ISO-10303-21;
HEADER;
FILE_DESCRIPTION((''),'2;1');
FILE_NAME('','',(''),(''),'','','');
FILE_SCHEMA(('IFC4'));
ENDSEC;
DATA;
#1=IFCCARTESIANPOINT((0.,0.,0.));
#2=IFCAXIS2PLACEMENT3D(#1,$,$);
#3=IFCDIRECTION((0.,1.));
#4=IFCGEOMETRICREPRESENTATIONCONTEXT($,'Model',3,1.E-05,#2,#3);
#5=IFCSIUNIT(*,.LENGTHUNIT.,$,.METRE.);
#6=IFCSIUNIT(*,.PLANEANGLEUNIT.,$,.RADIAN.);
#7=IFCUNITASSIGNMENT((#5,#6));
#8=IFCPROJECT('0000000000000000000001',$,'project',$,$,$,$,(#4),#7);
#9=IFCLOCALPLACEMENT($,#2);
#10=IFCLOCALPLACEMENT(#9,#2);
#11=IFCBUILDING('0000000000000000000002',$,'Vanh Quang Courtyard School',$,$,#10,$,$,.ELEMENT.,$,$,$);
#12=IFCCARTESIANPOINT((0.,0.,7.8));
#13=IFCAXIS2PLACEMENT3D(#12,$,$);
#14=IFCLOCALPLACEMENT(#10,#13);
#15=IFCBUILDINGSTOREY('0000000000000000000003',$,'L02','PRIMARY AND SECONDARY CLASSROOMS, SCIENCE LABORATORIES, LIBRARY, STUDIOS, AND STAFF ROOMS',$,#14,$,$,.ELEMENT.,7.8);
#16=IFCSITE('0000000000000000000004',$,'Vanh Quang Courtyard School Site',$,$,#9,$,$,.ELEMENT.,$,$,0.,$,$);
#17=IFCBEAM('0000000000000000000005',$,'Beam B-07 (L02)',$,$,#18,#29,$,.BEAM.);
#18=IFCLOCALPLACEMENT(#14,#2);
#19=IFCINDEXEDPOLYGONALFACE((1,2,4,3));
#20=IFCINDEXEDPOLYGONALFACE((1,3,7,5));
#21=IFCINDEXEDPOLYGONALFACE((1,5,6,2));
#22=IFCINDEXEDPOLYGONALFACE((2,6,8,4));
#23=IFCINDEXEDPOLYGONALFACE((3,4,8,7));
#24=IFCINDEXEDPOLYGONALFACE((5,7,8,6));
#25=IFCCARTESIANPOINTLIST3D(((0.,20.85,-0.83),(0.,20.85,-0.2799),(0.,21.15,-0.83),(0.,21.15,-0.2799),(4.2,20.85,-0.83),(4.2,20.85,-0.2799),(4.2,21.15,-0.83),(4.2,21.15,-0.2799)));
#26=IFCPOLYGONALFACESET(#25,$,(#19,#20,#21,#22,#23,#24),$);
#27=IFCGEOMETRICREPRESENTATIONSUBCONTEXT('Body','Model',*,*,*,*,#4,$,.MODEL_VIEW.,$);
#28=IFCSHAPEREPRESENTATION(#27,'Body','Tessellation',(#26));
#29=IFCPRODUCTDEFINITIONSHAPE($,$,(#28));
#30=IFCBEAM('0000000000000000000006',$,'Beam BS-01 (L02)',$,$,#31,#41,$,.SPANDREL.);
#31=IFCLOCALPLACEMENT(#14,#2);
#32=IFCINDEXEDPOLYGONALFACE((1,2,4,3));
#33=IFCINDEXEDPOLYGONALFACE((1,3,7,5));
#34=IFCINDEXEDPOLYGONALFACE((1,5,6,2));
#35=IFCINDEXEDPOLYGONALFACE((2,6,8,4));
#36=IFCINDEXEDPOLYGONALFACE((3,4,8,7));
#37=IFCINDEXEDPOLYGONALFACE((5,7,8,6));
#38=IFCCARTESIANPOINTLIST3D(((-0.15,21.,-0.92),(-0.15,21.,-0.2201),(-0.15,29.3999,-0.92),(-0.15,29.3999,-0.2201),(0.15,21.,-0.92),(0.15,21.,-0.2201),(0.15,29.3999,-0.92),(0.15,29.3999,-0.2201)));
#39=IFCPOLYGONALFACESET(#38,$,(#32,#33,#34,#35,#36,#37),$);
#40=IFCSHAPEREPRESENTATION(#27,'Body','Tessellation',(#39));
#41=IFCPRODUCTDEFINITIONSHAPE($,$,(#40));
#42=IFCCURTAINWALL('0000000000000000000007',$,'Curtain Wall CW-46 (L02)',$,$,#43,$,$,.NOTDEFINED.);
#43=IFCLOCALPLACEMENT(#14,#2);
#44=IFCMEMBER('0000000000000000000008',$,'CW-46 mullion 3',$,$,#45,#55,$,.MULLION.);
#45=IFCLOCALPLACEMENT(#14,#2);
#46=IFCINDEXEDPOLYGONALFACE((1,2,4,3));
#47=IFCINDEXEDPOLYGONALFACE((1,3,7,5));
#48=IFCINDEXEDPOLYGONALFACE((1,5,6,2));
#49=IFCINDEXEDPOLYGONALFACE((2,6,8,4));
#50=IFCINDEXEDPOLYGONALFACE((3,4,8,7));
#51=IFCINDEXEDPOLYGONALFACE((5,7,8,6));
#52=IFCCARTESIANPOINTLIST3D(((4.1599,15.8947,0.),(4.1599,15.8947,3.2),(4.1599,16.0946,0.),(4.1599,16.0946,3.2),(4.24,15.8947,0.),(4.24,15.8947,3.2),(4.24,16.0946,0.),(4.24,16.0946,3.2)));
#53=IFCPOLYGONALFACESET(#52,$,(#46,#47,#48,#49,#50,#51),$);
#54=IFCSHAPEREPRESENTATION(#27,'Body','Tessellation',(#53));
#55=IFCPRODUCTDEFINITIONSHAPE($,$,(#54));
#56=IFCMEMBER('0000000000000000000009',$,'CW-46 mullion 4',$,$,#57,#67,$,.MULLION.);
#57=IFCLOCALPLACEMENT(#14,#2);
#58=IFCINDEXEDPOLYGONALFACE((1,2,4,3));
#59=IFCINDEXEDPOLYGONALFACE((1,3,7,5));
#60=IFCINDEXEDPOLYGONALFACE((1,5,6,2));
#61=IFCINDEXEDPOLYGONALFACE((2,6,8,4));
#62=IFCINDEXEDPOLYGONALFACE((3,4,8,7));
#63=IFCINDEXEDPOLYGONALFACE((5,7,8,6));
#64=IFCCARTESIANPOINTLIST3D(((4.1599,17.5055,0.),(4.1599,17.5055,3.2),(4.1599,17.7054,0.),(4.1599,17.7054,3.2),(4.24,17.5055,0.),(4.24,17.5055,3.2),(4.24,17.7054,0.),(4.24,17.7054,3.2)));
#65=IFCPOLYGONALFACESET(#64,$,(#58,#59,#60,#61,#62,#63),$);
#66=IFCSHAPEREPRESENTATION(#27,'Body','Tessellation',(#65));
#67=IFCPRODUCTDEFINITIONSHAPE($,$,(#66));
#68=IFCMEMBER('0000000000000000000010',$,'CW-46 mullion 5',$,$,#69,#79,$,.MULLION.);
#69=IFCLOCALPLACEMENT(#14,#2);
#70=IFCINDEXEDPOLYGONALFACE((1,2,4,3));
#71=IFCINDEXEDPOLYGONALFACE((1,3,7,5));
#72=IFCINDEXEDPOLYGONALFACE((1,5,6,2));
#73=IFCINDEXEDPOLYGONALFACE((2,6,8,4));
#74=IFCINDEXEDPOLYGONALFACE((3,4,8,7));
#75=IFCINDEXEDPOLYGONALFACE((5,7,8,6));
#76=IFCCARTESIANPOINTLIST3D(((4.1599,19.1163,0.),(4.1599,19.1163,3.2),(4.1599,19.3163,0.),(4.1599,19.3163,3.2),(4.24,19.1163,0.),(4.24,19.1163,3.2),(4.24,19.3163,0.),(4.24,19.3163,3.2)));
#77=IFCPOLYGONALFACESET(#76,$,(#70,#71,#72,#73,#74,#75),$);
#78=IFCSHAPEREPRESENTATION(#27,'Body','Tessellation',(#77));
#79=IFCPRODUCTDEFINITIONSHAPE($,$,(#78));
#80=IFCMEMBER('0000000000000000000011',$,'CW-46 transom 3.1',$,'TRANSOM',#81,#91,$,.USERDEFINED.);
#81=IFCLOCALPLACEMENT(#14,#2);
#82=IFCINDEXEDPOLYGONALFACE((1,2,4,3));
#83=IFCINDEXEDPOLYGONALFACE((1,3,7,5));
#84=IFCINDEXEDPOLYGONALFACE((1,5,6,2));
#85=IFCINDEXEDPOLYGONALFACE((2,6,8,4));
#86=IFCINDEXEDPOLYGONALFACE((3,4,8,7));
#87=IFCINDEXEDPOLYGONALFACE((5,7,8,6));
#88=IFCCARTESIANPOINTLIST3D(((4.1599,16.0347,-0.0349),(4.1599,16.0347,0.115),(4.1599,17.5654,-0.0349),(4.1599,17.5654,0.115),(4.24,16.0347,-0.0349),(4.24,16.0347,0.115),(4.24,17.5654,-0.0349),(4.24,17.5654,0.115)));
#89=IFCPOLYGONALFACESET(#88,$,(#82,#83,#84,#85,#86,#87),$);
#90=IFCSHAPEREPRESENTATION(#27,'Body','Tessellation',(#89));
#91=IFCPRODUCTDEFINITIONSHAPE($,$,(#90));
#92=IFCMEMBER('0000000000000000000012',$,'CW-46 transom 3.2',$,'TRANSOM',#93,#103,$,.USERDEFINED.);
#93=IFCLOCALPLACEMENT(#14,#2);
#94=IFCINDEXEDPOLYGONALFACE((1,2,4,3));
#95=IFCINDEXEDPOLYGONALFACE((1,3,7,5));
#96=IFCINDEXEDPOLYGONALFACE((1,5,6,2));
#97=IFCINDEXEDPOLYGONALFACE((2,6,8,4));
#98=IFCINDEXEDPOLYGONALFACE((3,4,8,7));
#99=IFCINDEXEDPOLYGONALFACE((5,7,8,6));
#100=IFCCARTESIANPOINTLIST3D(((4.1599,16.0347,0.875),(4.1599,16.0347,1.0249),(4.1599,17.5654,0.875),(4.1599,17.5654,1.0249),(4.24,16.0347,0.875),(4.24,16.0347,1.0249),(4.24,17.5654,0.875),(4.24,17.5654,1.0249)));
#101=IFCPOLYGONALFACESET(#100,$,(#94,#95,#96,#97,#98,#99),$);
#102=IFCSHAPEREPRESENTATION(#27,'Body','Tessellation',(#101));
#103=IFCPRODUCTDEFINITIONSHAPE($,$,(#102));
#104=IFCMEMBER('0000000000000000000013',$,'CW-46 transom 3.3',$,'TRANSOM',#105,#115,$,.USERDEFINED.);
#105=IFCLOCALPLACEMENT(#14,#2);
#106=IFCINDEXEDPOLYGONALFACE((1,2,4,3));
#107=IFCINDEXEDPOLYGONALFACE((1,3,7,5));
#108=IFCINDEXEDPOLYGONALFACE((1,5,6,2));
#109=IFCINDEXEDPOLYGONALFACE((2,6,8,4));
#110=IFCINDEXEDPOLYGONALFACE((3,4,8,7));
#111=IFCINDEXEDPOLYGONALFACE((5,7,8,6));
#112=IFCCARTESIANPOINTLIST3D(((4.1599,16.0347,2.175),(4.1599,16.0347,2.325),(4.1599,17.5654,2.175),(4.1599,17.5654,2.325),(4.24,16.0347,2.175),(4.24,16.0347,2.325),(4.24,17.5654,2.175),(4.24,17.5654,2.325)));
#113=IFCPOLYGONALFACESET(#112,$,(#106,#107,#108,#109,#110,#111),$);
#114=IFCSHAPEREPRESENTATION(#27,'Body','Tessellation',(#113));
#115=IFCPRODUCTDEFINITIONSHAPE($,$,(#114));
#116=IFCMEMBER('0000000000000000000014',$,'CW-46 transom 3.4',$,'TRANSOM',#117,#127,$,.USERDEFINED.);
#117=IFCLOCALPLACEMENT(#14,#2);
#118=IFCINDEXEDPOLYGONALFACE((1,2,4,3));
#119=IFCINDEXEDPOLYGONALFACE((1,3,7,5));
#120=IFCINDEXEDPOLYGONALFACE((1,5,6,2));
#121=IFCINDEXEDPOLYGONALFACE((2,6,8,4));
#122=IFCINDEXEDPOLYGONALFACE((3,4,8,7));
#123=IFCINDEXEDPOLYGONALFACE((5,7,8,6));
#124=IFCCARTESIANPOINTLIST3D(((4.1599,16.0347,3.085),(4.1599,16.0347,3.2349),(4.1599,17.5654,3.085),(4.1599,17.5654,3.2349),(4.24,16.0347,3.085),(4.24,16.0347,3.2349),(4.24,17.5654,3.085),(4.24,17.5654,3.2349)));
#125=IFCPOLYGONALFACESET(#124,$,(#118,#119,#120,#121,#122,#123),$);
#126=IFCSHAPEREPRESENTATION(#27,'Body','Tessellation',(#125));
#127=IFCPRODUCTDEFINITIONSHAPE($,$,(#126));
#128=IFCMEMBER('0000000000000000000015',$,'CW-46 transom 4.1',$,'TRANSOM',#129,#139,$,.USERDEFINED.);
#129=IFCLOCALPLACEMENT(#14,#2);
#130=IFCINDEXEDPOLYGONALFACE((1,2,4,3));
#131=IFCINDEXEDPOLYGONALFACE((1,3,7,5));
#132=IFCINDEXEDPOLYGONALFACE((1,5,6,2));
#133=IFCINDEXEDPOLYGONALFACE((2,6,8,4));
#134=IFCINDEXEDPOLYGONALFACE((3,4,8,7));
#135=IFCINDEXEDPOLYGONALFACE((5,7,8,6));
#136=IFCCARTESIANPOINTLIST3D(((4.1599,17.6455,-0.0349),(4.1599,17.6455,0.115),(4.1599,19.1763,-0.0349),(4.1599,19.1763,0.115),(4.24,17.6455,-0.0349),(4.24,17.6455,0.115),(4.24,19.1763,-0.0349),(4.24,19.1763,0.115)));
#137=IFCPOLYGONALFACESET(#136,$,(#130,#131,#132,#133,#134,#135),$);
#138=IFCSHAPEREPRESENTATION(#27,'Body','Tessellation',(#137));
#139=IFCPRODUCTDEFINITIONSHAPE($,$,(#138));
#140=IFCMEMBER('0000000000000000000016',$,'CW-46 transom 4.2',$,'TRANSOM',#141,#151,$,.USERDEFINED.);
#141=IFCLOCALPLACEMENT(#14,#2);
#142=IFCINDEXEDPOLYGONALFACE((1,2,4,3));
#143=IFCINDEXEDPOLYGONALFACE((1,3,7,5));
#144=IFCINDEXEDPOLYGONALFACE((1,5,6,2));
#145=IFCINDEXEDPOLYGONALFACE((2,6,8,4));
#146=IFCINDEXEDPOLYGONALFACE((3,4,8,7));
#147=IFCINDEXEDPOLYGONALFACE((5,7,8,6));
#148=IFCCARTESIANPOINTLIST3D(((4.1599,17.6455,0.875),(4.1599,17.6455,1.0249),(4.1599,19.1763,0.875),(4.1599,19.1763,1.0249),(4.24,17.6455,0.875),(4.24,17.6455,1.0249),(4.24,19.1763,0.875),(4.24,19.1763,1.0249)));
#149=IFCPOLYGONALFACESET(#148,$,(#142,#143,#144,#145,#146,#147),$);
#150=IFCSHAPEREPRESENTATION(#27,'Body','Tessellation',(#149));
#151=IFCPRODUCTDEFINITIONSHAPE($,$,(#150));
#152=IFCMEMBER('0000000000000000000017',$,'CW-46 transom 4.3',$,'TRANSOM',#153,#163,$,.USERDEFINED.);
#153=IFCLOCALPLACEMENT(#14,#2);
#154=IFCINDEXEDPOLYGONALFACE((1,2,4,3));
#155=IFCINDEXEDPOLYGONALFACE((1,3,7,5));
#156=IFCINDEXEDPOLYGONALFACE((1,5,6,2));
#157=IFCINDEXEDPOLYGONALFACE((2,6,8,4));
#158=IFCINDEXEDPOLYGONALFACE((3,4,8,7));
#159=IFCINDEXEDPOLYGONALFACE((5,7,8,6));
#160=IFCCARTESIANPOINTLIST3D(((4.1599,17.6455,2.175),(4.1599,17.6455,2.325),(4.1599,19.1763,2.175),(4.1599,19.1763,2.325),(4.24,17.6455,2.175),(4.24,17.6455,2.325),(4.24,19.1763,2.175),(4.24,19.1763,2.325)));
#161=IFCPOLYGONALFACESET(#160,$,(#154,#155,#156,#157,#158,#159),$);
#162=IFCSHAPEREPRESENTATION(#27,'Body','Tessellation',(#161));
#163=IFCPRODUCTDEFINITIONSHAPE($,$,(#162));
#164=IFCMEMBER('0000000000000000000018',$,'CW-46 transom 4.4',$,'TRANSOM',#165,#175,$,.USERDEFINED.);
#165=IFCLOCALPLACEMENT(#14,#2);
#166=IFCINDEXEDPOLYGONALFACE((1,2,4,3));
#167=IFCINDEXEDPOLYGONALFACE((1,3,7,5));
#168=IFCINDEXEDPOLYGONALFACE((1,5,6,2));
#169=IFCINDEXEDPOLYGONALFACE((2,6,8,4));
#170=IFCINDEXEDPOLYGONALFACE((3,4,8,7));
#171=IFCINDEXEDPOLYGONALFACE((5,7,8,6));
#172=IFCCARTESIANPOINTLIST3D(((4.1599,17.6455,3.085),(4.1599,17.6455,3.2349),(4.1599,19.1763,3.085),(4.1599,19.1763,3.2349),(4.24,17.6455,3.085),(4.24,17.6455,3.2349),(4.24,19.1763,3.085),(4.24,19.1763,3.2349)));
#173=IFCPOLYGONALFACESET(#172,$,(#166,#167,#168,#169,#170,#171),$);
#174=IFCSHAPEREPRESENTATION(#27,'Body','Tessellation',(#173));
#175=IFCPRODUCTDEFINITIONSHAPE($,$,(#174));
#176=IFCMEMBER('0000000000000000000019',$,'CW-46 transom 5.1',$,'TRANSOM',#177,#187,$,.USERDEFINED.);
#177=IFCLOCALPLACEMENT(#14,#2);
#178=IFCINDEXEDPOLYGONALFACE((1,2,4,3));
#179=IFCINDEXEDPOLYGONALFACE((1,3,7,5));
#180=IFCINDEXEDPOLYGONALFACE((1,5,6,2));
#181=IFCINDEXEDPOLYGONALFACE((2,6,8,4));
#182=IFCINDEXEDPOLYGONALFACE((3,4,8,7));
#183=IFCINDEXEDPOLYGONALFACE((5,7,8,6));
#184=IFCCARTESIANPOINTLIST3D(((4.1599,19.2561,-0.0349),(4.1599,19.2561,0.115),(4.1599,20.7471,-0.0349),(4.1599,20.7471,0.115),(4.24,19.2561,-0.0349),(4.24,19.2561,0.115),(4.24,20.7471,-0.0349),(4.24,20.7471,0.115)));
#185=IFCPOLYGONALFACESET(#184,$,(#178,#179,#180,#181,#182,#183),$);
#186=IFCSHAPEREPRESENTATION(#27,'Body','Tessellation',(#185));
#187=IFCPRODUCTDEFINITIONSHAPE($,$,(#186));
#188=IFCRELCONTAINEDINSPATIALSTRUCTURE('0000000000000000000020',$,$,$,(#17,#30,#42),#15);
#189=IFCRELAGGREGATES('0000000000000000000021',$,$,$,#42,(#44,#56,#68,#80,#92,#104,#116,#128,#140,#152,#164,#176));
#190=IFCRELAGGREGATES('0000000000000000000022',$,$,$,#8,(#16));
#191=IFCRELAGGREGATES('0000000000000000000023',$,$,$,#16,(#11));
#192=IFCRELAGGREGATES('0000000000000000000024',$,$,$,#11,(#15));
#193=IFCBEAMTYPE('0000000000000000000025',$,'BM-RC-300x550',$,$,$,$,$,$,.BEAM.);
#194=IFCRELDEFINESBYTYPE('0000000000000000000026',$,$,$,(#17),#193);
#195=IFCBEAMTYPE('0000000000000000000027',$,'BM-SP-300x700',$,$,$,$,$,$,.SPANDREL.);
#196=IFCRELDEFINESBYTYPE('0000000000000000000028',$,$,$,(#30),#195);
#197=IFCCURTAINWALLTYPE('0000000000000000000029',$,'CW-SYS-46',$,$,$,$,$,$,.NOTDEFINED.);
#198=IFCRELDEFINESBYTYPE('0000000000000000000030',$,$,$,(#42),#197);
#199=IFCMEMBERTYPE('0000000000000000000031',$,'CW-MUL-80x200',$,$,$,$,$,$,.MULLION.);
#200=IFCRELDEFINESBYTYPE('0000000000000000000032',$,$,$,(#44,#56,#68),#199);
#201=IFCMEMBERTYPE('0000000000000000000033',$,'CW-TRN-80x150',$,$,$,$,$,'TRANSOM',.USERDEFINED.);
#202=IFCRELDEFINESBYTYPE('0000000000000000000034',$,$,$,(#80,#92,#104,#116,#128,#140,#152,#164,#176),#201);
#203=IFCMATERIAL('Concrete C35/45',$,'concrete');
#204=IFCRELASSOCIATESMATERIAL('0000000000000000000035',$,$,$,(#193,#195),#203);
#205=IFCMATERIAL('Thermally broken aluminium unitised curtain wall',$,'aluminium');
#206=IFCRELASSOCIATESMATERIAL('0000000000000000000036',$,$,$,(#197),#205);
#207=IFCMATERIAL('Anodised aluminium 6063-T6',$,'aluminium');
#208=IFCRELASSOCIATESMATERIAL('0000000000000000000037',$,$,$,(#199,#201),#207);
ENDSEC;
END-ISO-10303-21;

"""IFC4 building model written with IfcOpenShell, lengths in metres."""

from ifc_helpers import new_model, si_unit, direction, frame, origin, origin_2d, place, context, subcontext, project, spatial, rectangle, extrude, material, material_profile, profile_set, type_object, element, aggregate, save


model = new_model("IFC4")

# Units and contexts
model_context = context("Model", 3, precision=1e-05, world=origin(), true_north=direction((0.0, 1.0)))
body_context = subcontext(model_context, "Body", "Model", "MODEL_VIEW")
ifc_project = project(units=[si_unit("LENGTHUNIT", "METRE"), si_unit("PLANEANGLEUNIT", "RADIAN")], contexts=[model_context])

# Site, building, storey
site_placement = place(None, origin())
site = spatial("IfcSite", under=ifc_project, at=site_placement, Name="Vanh Quang Courtyard School Site", CompositionType="ELEMENT", RefElevation=0.0)
building_placement = place(site_placement, origin())
building = spatial("IfcBuilding", under=site, at=building_placement, Name="Vanh Quang Courtyard School", CompositionType="ELEMENT")
storey_placement = place(building_placement, frame((0.0, 0.0, 7.8)))
storey = spatial("IfcBuildingStorey", under=building, at=storey_placement, Name="L02", Description="PRIMARY AND SECONDARY CLASSROOMS, SCIENCE LABORATORIES, LIBRARY, STUDIOS, AND STAFF ROOMS", CompositionType="ELEMENT", Elevation=7.8)

# Beams
ifc_material_1 = material(Name="Concrete C35/45", Category="concrete")
ifc_material_profile_1 = material_profile(ifc_material_1, rectangle(XDim=0.3, YDim=0.55, at=origin_2d()), Name="RC-BM 300x550")
ifc_profile_set_1 = profile_set([ifc_material_profile_1], Name="Concrete C35/45")
beam_type_1 = type_object("IfcBeamType", Name="BM-RC-300x550", PredefinedType="BEAM", material=ifc_profile_set_1)
beam_1_placement = place(storey_placement, frame((0.0, 21.0, -0.5549), z_axis=(1.0, 0.0, 0.0), x_axis=(0.0, 1.0, 0.0)))
element("IfcBeam", 1, at=beam_1_placement, inside=storey, type_object=beam_type_1, Name="Beam B-07 (L02)", PredefinedType="BEAM", context=body_context, shape_type="SweptSolid", body=[
    extrude(rectangle(XDim=0.3, YDim=0.55, at=origin_2d()), origin(), (0.0, 0.0, 1.0), 4.2),
])
ifc_material_profile_2 = material_profile(ifc_material_1, rectangle(XDim=0.3, YDim=0.7, at=origin_2d()), Name="RC-SP 300x700")
ifc_profile_set_2 = profile_set([ifc_material_profile_2], Name="Concrete C35/45")
beam_type_2 = type_object("IfcBeamType", Name="BM-SP-300x700", PredefinedType="SPANDREL", material=ifc_profile_set_2)
beam_2_placement = place(storey_placement, frame((0.0, 21.0, -0.5701), z_axis=(0.0, 1.0, 0.0), x_axis=(-1.0, 0.0, 0.0)))
element("IfcBeam", 2, at=beam_2_placement, inside=storey, type_object=beam_type_2, Name="Beam BS-01 (L02)", PredefinedType="SPANDREL", context=body_context, shape_type="SweptSolid", body=[
    extrude(rectangle(XDim=0.3, YDim=0.7, at=origin_2d()), origin(), (0.0, 0.0, 1.0), 8.3999),
])

# Curtain wall, members
ifc_material_2 = material(Name="Thermally broken aluminium unitised curtain wall", Category="aluminium")
curtain_wall_type = type_object("IfcCurtainWallType", Name="CW-SYS-46", PredefinedType="NOTDEFINED", material=ifc_material_2)
curtain_wall_placement = place(storey_placement, origin())
curtain_wall = element("IfcCurtainWall", 3, at=curtain_wall_placement, inside=storey, type_object=curtain_wall_type, Name="Curtain Wall CW-46 (L02)", PredefinedType="NOTDEFINED")
ifc_material_3 = material(Name="Anodised aluminium 6063-T6", Category="aluminium")
ifc_material_profile_3 = material_profile(ifc_material_3, rectangle(XDim=0.0801, YDim=0.2, at=origin_2d()), Name="ALU-MUL 80x200")
ifc_profile_set_3 = profile_set([ifc_material_profile_3], Name="Anodised aluminium 6063-T6")
member_type_1 = type_object("IfcMemberType", Name="CW-MUL-80x200", PredefinedType="MULLION", material=ifc_profile_set_3)
member_1_placement = place(storey_placement, frame((4.2, 15.9946, 0.0), z_axis=(0.0, 0.0, 1.0), x_axis=(-1.0, 0.0, 0.0)))
member_1 = element("IfcMember", 4, at=member_1_placement, type_object=member_type_1, Name="CW-46 mullion 3", PredefinedType="MULLION", context=body_context, shape_type="SweptSolid", body=[
    extrude(rectangle(XDim=0.0801, YDim=0.2, at=origin_2d()), origin(), (0.0, 0.0, 1.0), 3.2),
])
member_2_placement = place(storey_placement, frame((4.2, 17.6055, 0.0), z_axis=(0.0, 0.0, 1.0), x_axis=(-1.0, 0.0, 0.0)))
member_2 = element("IfcMember", 5, at=member_2_placement, type_object=member_type_1, Name="CW-46 mullion 4", PredefinedType="MULLION", context=body_context, shape_type="SweptSolid", body=[
    extrude(rectangle(XDim=0.0801, YDim=0.2, at=origin_2d()), origin(), (0.0, 0.0, 1.0), 3.2),
])
member_3_placement = place(storey_placement, frame((4.2, 19.2163, 0.0), z_axis=(0.0, 0.0, 1.0), x_axis=(-1.0, 0.0, 0.0)))
member_3 = element("IfcMember", 6, at=member_3_placement, type_object=member_type_1, Name="CW-46 mullion 5", PredefinedType="MULLION", context=body_context, shape_type="SweptSolid", body=[
    extrude(rectangle(XDim=0.0801, YDim=0.2, at=origin_2d()), origin(), (0.0, 0.0, 1.0), 3.2),
])
ifc_material_profile_4 = material_profile(ifc_material_3, rectangle(XDim=0.0801, YDim=0.1499, at=origin_2d()), Name="ALU-TRN 80x150")
ifc_profile_set_4 = profile_set([ifc_material_profile_4], Name="Anodised aluminium 6063-T6")
member_type_2 = type_object("IfcMemberType", Name="CW-TRN-80x150", ElementType="TRANSOM", PredefinedType="USERDEFINED", material=ifc_profile_set_4)
member_4_placement = place(storey_placement, frame((4.2, 16.0347, 0.04), z_axis=(0.0, 1.0, 0.0), x_axis=(-1.0, 0.0, 0.0)))
member_4 = element("IfcMember", 7, at=member_4_placement, type_object=member_type_2, Name="CW-46 transom 3.1", ObjectType="TRANSOM", PredefinedType="USERDEFINED", context=body_context, shape_type="SweptSolid", body=[
    extrude(rectangle(XDim=0.0801, YDim=0.1499, at=origin_2d()), origin(), (0.0, 0.0, 1.0), 1.5308),
])
member_5_placement = place(storey_placement, frame((4.2, 16.0347, 0.95), z_axis=(0.0, 1.0, 0.0), x_axis=(-1.0, 0.0, 0.0)))
member_5 = element("IfcMember", 8, at=member_5_placement, type_object=member_type_2, Name="CW-46 transom 3.2", ObjectType="TRANSOM", PredefinedType="USERDEFINED", context=body_context, shape_type="SweptSolid", body=[
    extrude(rectangle(XDim=0.0801, YDim=0.1499, at=origin_2d()), origin(), (0.0, 0.0, 1.0), 1.5308),
])
member_6_placement = place(storey_placement, frame((4.2, 16.0347, 2.25), z_axis=(0.0, 1.0, 0.0), x_axis=(-1.0, 0.0, 0.0)))
member_6 = element("IfcMember", 9, at=member_6_placement, type_object=member_type_2, Name="CW-46 transom 3.3", ObjectType="TRANSOM", PredefinedType="USERDEFINED", context=body_context, shape_type="SweptSolid", body=[
    extrude(rectangle(XDim=0.0801, YDim=0.1499, at=origin_2d()), origin(), (0.0, 0.0, 1.0), 1.5308),
])
member_7_placement = place(storey_placement, frame((4.2, 16.0347, 3.1599), z_axis=(0.0, 1.0, 0.0), x_axis=(-1.0, 0.0, 0.0)))
member_7 = element("IfcMember", 10, at=member_7_placement, type_object=member_type_2, Name="CW-46 transom 3.4", ObjectType="TRANSOM", PredefinedType="USERDEFINED", context=body_context, shape_type="SweptSolid", body=[
    extrude(rectangle(XDim=0.0801, YDim=0.1499, at=origin_2d()), origin(), (0.0, 0.0, 1.0), 1.5308),
])
member_8_placement = place(storey_placement, frame((4.2, 17.6455, 0.04), z_axis=(0.0, 1.0, 0.0), x_axis=(-1.0, 0.0, 0.0)))
member_8 = element("IfcMember", 11, at=member_8_placement, type_object=member_type_2, Name="CW-46 transom 4.1", ObjectType="TRANSOM", PredefinedType="USERDEFINED", context=body_context, shape_type="SweptSolid", body=[
    extrude(rectangle(XDim=0.0801, YDim=0.1499, at=origin_2d()), origin(), (0.0, 0.0, 1.0), 1.5308),
])
member_9_placement = place(storey_placement, frame((4.2, 17.6455, 0.95), z_axis=(0.0, 1.0, 0.0), x_axis=(-1.0, 0.0, 0.0)))
member_9 = element("IfcMember", 12, at=member_9_placement, type_object=member_type_2, Name="CW-46 transom 4.2", ObjectType="TRANSOM", PredefinedType="USERDEFINED", context=body_context, shape_type="SweptSolid", body=[
    extrude(rectangle(XDim=0.0801, YDim=0.1499, at=origin_2d()), origin(), (0.0, 0.0, 1.0), 1.5308),
])
member_10_placement = place(storey_placement, frame((4.2, 17.6455, 2.25), z_axis=(0.0, 1.0, 0.0), x_axis=(-1.0, 0.0, 0.0)))
member_10 = element("IfcMember", 13, at=member_10_placement, type_object=member_type_2, Name="CW-46 transom 4.3", ObjectType="TRANSOM", PredefinedType="USERDEFINED", context=body_context, shape_type="SweptSolid", body=[
    extrude(rectangle(XDim=0.0801, YDim=0.1499, at=origin_2d()), origin(), (0.0, 0.0, 1.0), 1.5308),
])
member_11_placement = place(storey_placement, frame((4.2, 17.6455, 3.1599), z_axis=(0.0, 1.0, 0.0), x_axis=(-1.0, 0.0, 0.0)))
member_11 = element("IfcMember", 14, at=member_11_placement, type_object=member_type_2, Name="CW-46 transom 4.4", ObjectType="TRANSOM", PredefinedType="USERDEFINED", context=body_context, shape_type="SweptSolid", body=[
    extrude(rectangle(XDim=0.0801, YDim=0.1499, at=origin_2d()), origin(), (0.0, 0.0, 1.0), 1.5308),
])
member_12_placement = place(storey_placement, frame((4.2, 19.2561, 0.04), z_axis=(0.0, 1.0, 0.0), x_axis=(-1.0, 0.0, 0.0)))
member_12 = element("IfcMember", 15, at=member_12_placement, type_object=member_type_2, Name="CW-46 transom 5.1", ObjectType="TRANSOM", PredefinedType="USERDEFINED", context=body_context, shape_type="SweptSolid", body=[
    extrude(rectangle(XDim=0.0801, YDim=0.1499, at=origin_2d()), origin(), (0.0, 0.0, 1.0), 1.491),
])
aggregate(curtain_wall, [member_1, member_2, member_3, member_4, member_5, member_6, member_7, member_8, member_9, member_10, member_11, member_12])

save(model, "model.ifc")
